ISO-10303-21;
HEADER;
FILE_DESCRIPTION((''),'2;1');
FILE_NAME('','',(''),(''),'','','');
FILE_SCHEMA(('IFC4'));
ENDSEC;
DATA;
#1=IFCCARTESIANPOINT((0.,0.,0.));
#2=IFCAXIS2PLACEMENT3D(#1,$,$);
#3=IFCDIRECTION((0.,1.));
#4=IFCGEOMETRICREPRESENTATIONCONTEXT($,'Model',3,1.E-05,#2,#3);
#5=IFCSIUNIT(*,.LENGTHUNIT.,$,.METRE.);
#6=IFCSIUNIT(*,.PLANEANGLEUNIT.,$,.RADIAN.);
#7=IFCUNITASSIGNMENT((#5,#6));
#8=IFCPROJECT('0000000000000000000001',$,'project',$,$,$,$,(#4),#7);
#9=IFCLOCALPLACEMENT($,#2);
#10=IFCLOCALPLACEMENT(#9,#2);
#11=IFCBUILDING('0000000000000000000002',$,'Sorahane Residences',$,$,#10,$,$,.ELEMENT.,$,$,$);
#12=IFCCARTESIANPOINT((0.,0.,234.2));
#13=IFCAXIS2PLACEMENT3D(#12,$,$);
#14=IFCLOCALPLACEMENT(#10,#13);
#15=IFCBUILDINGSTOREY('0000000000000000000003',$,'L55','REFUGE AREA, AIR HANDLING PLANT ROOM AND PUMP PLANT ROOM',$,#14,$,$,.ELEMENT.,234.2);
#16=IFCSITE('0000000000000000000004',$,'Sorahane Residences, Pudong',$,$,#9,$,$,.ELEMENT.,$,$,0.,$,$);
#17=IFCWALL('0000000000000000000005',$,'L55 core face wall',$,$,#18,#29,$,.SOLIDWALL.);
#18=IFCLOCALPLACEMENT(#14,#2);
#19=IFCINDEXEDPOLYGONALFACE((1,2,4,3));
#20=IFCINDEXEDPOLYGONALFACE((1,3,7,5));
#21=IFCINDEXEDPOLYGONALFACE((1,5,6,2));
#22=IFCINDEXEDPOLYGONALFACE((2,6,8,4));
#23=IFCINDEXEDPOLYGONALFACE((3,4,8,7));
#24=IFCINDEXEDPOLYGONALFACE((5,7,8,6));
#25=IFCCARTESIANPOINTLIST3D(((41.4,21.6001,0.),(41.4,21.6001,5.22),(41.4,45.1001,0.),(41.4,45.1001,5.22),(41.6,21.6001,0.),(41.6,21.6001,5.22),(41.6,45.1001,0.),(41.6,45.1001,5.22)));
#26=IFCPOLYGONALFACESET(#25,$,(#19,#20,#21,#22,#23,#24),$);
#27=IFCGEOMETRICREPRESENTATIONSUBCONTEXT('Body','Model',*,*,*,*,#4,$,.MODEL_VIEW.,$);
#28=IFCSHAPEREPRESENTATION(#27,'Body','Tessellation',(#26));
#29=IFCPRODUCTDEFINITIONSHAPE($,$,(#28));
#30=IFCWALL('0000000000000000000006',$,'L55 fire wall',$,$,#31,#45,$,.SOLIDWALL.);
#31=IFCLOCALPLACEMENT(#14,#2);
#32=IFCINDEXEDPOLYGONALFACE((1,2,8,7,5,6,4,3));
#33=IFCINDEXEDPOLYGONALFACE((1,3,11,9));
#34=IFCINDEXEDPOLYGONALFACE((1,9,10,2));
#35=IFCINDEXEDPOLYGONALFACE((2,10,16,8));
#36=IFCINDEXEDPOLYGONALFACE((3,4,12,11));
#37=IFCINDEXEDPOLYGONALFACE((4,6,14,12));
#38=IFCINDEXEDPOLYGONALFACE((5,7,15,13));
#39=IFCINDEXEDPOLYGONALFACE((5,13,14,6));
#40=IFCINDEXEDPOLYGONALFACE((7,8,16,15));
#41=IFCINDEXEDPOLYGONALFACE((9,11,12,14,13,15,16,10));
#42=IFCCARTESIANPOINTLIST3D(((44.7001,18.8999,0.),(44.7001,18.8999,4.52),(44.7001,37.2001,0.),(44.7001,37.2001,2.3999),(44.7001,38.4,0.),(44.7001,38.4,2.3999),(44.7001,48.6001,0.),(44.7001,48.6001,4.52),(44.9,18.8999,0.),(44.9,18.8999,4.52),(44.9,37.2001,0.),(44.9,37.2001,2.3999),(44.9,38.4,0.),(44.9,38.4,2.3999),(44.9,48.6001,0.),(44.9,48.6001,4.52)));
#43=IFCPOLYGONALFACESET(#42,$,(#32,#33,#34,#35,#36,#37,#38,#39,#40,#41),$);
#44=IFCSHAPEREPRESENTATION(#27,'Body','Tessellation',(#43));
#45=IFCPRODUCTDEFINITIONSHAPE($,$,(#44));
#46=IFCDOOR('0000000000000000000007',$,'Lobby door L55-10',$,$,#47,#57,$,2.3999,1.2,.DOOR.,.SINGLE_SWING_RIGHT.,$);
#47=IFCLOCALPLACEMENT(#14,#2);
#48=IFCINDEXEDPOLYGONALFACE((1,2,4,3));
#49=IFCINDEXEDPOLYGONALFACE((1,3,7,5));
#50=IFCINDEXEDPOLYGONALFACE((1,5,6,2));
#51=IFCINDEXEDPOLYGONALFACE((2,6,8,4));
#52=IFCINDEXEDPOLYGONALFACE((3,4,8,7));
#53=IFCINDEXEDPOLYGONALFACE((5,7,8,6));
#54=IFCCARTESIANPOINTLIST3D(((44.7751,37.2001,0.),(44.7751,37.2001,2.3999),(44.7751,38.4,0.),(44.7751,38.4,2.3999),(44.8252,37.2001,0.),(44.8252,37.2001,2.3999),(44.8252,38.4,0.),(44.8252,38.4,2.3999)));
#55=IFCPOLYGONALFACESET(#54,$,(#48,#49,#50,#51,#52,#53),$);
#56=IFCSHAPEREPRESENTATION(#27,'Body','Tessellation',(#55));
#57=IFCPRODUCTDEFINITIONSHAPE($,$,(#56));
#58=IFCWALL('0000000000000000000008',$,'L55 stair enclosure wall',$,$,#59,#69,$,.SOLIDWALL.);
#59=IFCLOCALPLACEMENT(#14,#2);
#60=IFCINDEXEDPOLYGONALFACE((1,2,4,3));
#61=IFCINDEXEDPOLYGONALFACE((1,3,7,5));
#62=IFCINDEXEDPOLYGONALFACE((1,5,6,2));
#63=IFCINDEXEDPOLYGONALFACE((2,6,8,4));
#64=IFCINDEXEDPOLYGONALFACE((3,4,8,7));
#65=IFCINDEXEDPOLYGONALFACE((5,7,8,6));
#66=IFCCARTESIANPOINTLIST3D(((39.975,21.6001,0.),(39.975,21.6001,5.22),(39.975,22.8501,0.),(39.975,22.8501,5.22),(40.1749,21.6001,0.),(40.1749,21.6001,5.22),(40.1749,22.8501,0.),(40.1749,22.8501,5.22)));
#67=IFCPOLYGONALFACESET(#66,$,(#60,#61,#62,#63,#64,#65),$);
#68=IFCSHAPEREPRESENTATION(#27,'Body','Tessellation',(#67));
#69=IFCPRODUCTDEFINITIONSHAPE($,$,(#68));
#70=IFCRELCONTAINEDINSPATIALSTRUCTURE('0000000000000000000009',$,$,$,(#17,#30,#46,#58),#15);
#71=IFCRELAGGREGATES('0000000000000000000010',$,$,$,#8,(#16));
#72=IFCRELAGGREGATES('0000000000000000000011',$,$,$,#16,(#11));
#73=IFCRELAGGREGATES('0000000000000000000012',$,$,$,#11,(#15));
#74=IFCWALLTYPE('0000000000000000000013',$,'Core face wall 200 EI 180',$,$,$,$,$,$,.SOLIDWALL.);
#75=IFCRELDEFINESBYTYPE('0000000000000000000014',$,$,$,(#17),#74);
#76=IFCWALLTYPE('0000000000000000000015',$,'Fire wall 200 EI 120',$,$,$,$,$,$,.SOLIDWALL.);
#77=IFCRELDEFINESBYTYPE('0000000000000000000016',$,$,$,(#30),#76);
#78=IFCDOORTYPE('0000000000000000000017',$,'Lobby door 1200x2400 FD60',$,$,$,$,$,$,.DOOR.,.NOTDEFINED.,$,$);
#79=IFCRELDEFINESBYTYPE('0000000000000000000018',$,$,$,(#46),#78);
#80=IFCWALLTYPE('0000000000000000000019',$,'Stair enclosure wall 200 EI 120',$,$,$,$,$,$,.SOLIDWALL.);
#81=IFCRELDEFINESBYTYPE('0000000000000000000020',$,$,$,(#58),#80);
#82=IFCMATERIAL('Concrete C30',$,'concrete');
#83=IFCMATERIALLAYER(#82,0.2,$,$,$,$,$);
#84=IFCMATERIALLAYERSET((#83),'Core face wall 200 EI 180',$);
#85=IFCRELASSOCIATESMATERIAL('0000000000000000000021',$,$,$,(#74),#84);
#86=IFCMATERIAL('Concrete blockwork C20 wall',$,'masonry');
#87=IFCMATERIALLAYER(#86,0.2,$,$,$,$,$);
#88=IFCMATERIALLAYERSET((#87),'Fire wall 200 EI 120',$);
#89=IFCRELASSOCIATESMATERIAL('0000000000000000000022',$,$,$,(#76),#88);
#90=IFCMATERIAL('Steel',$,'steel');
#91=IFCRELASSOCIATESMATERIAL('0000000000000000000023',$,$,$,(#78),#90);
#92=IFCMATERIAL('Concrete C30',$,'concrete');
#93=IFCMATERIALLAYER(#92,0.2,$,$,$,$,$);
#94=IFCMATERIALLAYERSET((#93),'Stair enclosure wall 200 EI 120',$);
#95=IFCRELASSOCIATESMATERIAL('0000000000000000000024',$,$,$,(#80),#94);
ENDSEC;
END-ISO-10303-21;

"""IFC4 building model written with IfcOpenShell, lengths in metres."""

from ifc_helpers import new_model, si_unit, direction, frame, frame_2d, origin, place, context, subcontext, project, spatial, rectangle, extrude, material, layer, layer_set, type_object, element, fill, save


model = new_model("IFC4")

# Units and contexts
model_context = context("Model", 3, precision=1e-05, world=origin(), true_north=direction((0.0, 1.0)))
body_context = subcontext(model_context, "Body", "Model", "MODEL_VIEW")
ifc_project = project(units=[si_unit("LENGTHUNIT", "METRE"), si_unit("PLANEANGLEUNIT", "RADIAN")], contexts=[model_context])

# Site, building, storey
site_placement = place(None, origin())
site = spatial("IfcSite", under=ifc_project, at=site_placement, Name="Sorahane Residences, Pudong", CompositionType="ELEMENT", RefElevation=0.0)
building_placement = place(site_placement, origin())
building = spatial("IfcBuilding", under=site, at=building_placement, Name="Sorahane Residences", CompositionType="ELEMENT")
storey_placement = place(building_placement, frame((0.0, 0.0, 234.2)))
storey = spatial("IfcBuildingStorey", under=building, at=storey_placement, Name="L55", Description="REFUGE AREA, AIR HANDLING PLANT ROOM AND PUMP PLANT ROOM", CompositionType="ELEMENT", Elevation=234.2)

# Wall
ifc_material_1 = material(Name="Concrete C30", Category="concrete")
ifc_layer_1 = layer(ifc_material_1, 0.2)
ifc_layer_set_1 = layer_set([ifc_layer_1], Name="Core face wall 200 EI 180")
wall_type_1 = type_object("IfcWallType", Name="Core face wall 200 EI 180", PredefinedType="SOLIDWALL", material=ifc_layer_set_1)
wall_1_placement = place(storey_placement, frame((41.5, 21.6001, 0.0), z_axis=(0.0, 0.0, 1.0), x_axis=(0.0, 1.0, 0.0)))
element("IfcWall", 1, at=wall_1_placement, inside=storey, type_object=wall_type_1, Name="L55 core face wall", PredefinedType="SOLIDWALL", context=body_context, shape_type="SweptSolid", body=[
    extrude(rectangle(XDim=23.5, YDim=0.2, at=frame_2d((11.75, 0.0))), origin(), (0.0, 0.0, 1.0), 5.22),
])

# Wall, opening, door
ifc_material_2 = material(Name="Concrete blockwork C20 wall", Category="masonry")
ifc_layer_2 = layer(ifc_material_2, 0.2)
ifc_layer_set_2 = layer_set([ifc_layer_2], Name="Fire wall 200 EI 120")
wall_type_2 = type_object("IfcWallType", Name="Fire wall 200 EI 120", PredefinedType="SOLIDWALL", material=ifc_layer_set_2)
wall_2_placement = place(storey_placement, frame((44.8, 18.8999, 0.0), z_axis=(0.0, 0.0, 1.0), x_axis=(0.0, 1.0, 0.0)))
wall_2 = element("IfcWall", 2, at=wall_2_placement, inside=storey, type_object=wall_type_2, Name="L55 fire wall", PredefinedType="SOLIDWALL", context=body_context, shape_type="SweptSolid", body=[
    extrude(rectangle(XDim=29.7002, YDim=0.2, at=frame_2d((14.8501, 0.0))), origin(), (0.0, 0.0, 1.0), 4.52),
])
opening_placement = place(wall_2_placement, frame((18.3, 0.0, 0.0)))
opening = element("IfcOpeningElement", 3, at=opening_placement, cuts=wall_2, PredefinedType="OPENING", context=body_context, shape_type="SweptSolid", body=[
    extrude(rectangle(XDim=1.2, YDim=2.3999, at=frame_2d((0.6001, 1.2))), frame((0.0, 0.1099, 0.0), z_axis=(0.0, -1.0, 0.0), x_axis=(1.0, 0.0, 0.0)), (0.0, 0.0, 1.0), 0.22),
])
ifc_material_3 = material(Name="Steel", Category="steel")
door_type = type_object("IfcDoorType", Name="Lobby door 1200x2400 FD60", OperationType="NOTDEFINED", PredefinedType="DOOR", material=ifc_material_3)
door_placement = place(opening_placement, origin())
door = element("IfcDoor", 4, at=door_placement, inside=storey, type_object=door_type, Name="Lobby door L55-10", OperationType="SINGLE_SWING_RIGHT", OverallHeight=2.3999, OverallWidth=1.2, PredefinedType="DOOR", context=body_context, shape_type="SweptSolid", body=[
    extrude(rectangle(XDim=1.2, YDim=2.3999, at=frame_2d((0.6001, 1.2))), frame((0.0, 0.0249, 0.0), z_axis=(0.0, -1.0, 0.0), x_axis=(1.0, 0.0, 0.0)), (0.0, 0.0, 1.0), 0.05),
])
fill(opening, door)

# Wall
ifc_material_4 = material(Name="Concrete C30", Category="concrete")
ifc_layer_3 = layer(ifc_material_4, 0.2)
ifc_layer_set_3 = layer_set([ifc_layer_3], Name="Stair enclosure wall 200 EI 120")
wall_type_3 = type_object("IfcWallType", Name="Stair enclosure wall 200 EI 120", PredefinedType="SOLIDWALL", material=ifc_layer_set_3)
wall_3_placement = place(storey_placement, frame((40.075, 21.6001, 0.0), z_axis=(0.0, 0.0, 1.0), x_axis=(0.0, 1.0, 0.0)))
element("IfcWall", 5, at=wall_3_placement, inside=storey, type_object=wall_type_3, Name="L55 stair enclosure wall", PredefinedType="SOLIDWALL", context=body_context, shape_type="SweptSolid", body=[
    extrude(rectangle(XDim=1.25, YDim=0.2, at=frame_2d((0.625, 0.0))), origin(), (0.0, 0.0, 1.0), 5.22),
])

save(model, "model.ifc")
